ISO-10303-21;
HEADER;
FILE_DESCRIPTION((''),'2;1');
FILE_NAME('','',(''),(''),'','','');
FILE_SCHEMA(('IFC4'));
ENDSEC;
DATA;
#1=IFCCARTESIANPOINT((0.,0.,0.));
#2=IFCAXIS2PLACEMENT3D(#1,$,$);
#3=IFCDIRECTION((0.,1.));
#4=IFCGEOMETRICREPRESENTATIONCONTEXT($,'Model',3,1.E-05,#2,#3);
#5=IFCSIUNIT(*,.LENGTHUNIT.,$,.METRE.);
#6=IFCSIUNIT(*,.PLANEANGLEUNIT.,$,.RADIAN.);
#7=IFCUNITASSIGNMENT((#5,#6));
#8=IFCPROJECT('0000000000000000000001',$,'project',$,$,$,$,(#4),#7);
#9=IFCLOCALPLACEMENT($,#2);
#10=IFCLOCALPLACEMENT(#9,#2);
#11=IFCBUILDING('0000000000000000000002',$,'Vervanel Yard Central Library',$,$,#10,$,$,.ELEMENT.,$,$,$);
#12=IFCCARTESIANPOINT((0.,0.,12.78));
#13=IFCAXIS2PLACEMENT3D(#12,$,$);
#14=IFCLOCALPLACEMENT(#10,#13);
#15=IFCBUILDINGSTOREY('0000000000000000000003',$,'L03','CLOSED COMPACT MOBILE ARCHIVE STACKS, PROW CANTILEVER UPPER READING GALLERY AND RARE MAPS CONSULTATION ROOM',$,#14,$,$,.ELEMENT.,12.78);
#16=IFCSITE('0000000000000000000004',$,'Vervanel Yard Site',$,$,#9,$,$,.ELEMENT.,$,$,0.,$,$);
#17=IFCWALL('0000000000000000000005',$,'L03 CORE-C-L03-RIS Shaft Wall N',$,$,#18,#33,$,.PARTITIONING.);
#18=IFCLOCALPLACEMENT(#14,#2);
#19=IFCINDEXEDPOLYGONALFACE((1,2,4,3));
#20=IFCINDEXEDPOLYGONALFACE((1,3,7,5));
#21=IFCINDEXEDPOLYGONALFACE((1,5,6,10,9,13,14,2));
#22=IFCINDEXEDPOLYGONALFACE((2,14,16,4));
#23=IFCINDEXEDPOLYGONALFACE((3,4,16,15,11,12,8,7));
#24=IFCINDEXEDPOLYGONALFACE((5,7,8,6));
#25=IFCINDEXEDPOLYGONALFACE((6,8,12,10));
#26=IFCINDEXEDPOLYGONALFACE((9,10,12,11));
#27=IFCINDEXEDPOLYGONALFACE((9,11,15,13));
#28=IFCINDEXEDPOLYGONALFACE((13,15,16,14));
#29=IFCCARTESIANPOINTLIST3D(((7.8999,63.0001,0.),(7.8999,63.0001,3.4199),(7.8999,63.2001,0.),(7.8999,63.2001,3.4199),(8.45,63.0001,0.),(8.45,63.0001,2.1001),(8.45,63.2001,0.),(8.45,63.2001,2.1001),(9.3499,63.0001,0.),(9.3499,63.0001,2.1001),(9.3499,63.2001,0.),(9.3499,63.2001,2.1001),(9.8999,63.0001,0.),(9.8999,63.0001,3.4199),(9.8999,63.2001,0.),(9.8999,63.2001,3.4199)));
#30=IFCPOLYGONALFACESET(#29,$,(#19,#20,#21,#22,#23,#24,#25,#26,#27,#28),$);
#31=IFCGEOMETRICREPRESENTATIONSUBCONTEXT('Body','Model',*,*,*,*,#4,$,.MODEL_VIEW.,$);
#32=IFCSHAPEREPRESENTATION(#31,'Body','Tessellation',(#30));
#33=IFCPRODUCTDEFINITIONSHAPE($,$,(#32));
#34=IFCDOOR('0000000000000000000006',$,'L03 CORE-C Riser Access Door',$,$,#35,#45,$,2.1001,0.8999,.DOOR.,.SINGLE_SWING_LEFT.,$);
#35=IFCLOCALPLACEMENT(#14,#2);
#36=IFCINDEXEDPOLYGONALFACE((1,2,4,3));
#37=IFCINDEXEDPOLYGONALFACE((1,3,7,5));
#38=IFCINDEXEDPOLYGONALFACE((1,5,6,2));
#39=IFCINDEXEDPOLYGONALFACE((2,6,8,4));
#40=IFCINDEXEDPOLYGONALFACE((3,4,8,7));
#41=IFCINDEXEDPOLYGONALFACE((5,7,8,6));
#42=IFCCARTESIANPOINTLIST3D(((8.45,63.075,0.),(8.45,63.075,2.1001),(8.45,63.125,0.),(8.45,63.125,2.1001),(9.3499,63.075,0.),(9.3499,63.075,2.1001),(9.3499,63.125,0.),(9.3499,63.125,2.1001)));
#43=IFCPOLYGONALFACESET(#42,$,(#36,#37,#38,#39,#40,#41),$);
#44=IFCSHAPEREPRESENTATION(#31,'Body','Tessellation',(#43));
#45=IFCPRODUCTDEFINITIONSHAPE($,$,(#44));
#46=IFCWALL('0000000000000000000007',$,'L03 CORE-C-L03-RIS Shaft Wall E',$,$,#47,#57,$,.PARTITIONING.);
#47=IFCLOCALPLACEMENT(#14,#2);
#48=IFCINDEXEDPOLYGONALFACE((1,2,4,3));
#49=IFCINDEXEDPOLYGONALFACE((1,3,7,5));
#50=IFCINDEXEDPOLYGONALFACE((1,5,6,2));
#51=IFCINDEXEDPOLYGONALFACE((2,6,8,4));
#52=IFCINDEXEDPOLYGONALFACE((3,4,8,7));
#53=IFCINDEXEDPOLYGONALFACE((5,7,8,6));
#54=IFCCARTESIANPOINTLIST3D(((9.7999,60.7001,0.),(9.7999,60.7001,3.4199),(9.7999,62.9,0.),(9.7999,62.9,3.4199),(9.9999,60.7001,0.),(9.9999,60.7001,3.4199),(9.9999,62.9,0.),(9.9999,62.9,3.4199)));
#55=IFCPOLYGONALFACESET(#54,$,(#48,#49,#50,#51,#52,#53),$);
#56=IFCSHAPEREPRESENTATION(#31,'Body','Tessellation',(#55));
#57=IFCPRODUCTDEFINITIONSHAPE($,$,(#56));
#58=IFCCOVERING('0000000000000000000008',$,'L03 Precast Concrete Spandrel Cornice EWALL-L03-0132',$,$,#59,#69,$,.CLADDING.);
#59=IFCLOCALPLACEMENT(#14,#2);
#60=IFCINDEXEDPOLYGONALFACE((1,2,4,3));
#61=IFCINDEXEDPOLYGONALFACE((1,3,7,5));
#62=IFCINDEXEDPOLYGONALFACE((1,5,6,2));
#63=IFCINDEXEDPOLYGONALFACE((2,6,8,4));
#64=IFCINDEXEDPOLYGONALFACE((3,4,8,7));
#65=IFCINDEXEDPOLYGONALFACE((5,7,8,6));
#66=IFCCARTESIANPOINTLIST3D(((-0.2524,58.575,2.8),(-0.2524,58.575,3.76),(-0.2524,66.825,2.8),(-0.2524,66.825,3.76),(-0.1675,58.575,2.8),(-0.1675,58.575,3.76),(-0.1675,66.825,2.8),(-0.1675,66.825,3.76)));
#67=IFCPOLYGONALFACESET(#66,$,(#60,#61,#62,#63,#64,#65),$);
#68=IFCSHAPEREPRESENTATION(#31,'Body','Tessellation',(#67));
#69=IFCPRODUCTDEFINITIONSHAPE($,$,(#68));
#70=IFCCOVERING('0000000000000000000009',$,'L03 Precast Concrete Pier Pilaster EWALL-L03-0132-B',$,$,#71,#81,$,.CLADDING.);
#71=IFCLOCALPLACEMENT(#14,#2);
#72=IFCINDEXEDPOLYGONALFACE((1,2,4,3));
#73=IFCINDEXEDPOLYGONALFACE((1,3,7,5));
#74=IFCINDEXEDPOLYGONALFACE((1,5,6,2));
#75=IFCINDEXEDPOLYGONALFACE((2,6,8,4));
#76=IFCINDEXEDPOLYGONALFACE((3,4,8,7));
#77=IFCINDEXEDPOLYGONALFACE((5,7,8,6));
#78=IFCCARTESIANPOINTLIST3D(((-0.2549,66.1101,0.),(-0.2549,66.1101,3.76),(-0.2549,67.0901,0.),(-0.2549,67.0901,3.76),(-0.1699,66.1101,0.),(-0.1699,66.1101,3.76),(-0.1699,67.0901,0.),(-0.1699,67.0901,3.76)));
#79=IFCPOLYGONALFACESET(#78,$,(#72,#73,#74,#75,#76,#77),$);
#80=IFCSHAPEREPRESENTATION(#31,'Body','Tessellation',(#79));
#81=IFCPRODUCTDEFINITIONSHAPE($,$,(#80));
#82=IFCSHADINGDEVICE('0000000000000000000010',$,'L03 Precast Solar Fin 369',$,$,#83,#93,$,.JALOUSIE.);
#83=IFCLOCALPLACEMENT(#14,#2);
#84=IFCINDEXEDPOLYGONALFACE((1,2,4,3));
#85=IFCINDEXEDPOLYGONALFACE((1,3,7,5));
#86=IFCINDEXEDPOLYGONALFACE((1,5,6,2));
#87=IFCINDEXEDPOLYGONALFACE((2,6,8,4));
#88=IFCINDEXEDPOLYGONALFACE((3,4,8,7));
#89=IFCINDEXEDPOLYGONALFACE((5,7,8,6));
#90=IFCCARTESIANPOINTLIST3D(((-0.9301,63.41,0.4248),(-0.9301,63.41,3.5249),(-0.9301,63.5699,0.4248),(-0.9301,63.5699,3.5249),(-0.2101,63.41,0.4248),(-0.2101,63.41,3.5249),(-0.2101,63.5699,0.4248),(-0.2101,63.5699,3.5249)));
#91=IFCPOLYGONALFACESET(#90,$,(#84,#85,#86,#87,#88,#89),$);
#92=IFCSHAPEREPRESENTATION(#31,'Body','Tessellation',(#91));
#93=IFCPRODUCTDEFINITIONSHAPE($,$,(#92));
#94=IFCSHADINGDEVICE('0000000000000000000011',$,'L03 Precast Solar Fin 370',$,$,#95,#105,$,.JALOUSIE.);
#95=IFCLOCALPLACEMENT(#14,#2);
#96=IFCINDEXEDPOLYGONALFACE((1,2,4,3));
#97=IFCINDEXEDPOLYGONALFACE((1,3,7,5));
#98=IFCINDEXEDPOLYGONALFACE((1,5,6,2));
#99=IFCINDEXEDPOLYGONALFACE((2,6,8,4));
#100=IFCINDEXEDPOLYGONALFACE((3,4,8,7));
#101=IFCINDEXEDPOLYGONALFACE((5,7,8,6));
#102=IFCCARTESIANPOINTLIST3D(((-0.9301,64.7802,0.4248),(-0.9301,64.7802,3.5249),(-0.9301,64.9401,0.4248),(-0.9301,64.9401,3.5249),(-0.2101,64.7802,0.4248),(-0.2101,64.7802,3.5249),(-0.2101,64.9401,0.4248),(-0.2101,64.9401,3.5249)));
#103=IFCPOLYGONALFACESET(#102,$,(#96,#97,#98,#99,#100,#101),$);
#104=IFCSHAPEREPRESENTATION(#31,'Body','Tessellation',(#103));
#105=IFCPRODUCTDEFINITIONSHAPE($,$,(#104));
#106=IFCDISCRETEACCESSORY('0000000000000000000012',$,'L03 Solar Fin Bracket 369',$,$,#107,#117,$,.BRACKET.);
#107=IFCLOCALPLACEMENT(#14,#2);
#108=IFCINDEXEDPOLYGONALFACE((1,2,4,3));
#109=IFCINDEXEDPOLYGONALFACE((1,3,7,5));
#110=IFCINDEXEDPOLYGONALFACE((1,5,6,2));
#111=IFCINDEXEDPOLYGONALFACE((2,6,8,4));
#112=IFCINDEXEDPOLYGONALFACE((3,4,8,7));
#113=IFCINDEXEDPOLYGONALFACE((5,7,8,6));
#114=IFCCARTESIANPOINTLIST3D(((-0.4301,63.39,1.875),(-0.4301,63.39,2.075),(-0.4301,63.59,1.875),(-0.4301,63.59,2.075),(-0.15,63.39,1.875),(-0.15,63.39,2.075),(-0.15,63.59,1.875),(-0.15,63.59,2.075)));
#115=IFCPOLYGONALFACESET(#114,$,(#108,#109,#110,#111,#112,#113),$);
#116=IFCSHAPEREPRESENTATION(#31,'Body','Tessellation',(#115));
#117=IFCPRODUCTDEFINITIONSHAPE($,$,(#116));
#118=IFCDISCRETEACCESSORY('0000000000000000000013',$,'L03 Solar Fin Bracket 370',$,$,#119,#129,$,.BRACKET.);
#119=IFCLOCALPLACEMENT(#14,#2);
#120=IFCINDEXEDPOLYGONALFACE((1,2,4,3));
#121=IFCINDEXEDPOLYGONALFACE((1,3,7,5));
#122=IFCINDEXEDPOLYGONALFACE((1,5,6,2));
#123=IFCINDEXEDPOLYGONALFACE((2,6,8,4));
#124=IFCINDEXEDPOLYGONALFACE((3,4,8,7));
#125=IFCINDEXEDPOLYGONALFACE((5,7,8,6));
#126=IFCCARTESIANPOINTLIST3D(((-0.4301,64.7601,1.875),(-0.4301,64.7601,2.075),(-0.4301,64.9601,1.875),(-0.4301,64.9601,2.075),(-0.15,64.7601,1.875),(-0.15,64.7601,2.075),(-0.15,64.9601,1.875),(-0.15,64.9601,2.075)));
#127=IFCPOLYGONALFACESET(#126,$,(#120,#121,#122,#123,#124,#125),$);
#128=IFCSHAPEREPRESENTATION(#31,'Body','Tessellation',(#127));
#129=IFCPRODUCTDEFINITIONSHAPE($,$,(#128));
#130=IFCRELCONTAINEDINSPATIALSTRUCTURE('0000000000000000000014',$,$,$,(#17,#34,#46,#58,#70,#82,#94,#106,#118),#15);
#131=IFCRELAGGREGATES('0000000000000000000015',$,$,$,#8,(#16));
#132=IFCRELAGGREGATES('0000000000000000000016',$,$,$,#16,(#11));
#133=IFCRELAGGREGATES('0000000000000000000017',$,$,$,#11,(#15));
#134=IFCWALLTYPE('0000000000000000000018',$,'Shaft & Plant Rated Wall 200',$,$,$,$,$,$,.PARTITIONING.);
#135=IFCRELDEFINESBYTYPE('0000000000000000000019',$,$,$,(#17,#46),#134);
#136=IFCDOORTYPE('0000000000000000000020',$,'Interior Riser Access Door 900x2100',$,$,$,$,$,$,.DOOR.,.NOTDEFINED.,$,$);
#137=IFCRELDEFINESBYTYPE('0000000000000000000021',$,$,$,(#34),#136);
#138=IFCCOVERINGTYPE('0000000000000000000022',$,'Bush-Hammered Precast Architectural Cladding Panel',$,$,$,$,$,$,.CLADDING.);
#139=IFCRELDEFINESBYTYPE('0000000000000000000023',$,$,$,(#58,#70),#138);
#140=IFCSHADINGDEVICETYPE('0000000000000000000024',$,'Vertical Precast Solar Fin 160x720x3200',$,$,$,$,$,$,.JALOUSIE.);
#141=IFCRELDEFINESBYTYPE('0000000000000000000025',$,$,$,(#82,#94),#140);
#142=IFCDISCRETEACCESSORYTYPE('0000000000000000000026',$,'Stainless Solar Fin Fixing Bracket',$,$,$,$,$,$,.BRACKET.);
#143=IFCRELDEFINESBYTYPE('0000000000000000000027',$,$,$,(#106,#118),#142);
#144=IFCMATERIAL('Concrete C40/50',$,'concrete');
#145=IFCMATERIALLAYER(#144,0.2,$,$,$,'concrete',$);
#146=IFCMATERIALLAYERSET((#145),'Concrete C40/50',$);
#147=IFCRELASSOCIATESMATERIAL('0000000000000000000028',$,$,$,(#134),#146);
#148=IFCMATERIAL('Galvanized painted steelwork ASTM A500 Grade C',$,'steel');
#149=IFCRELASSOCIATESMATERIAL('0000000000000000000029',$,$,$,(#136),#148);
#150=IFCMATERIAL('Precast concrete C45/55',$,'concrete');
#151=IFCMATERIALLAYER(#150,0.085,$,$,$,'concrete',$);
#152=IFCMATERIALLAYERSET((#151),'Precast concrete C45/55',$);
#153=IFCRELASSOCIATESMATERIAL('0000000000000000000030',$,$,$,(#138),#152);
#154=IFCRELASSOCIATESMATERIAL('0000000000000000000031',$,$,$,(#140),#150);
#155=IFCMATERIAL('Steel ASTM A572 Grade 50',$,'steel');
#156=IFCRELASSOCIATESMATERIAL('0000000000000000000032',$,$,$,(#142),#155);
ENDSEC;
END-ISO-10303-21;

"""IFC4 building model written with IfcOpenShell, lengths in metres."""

from ifc_helpers import new_model, si_unit, direction, frame, frame_2d, origin, origin_2d, place, context, subcontext, project, spatial, rectangle, extrude, material, layer, layer_set, type_object, element, fill, save


model = new_model("IFC4")

# Units and contexts
model_context = context("Model", 3, precision=1e-05, world=origin(), true_north=direction((0.0, 1.0)))
body_context = subcontext(model_context, "Body", "Model", "MODEL_VIEW")
ifc_project = project(units=[si_unit("LENGTHUNIT", "METRE"), si_unit("PLANEANGLEUNIT", "RADIAN")], contexts=[model_context])

# Site, building, storey
site_placement = place(None, origin())
site = spatial("IfcSite", under=ifc_project, at=site_placement, Name="Vervanel Yard Site", CompositionType="ELEMENT", RefElevation=0.0)
building_placement = place(site_placement, origin())
building = spatial("IfcBuilding", under=site, at=building_placement, Name="Vervanel Yard Central Library", CompositionType="ELEMENT")
storey_placement = place(building_placement, frame((0.0, 0.0, 12.78)))
storey = spatial("IfcBuildingStorey", under=building, at=storey_placement, Name="L03", Description="CLOSED COMPACT MOBILE ARCHIVE STACKS, PROW CANTILEVER UPPER READING GALLERY AND RARE MAPS CONSULTATION ROOM", CompositionType="ELEMENT", Elevation=12.78)

# Wall, opening, door
ifc_material_1 = material(Name="Concrete C40/50", Category="concrete")
ifc_layer_1 = layer(ifc_material_1, 0.2, Category="concrete")
ifc_layer_set_1 = layer_set([ifc_layer_1], Name="Concrete C40/50")
wall_type_1 = type_object("IfcWallType", Name="Shaft & Plant Rated Wall 200", PredefinedType="PARTITIONING", material=ifc_layer_set_1)
wall_1_placement = place(storey_placement, frame((7.8999, 63.1001, 0.0), z_axis=(0.0, 0.0, 1.0), x_axis=(1.0, 0.0, 0.0)))
wall_1 = element("IfcWall", 1, at=wall_1_placement, inside=storey, type_object=wall_type_1, Name="L03 CORE-C-L03-RIS Shaft Wall N", PredefinedType="PARTITIONING", context=body_context, shape_type="SweptSolid", body=[
    extrude(rectangle(XDim=2.0, YDim=0.2, at=frame_2d((1.0, 0.0))), origin(), (0.0, 0.0, 1.0), 3.4199),
])
opening_1_placement = place(wall_1_placement, frame((0.55, 0.0, 0.0)))
opening_1 = element("IfcOpeningElement", 2, at=opening_1_placement, cuts=wall_1, PredefinedType="OPENING", context=body_context, shape_type="SweptSolid", body=[
    extrude(rectangle(XDim=0.8999, YDim=2.1001, at=frame_2d((0.45, 1.05))), frame((0.0, 0.1099, 0.0), z_axis=(0.0, -1.0, 0.0), x_axis=(1.0, 0.0, 0.0)), (0.0, 0.0, 1.0), 0.22),
])
ifc_material_2 = material(Name="Galvanized painted steelwork ASTM A500 Grade C", Category="steel")
door_type_1 = type_object("IfcDoorType", Name="Interior Riser Access Door 900x2100", OperationType="NOTDEFINED", PredefinedType="DOOR", material=ifc_material_2)
door_1_placement = place(opening_1_placement, origin())
door_1 = element("IfcDoor", 3, at=door_1_placement, inside=storey, type_object=door_type_1, Name="L03 CORE-C Riser Access Door", OperationType="SINGLE_SWING_LEFT", OverallHeight=2.1001, OverallWidth=0.8999, PredefinedType="DOOR", context=body_context, shape_type="SweptSolid", body=[
    extrude(rectangle(XDim=0.8999, YDim=2.1001, at=frame_2d((0.45, 1.05))), frame((0.0, 0.0249, 0.0), z_axis=(0.0, -1.0, 0.0), x_axis=(1.0, 0.0, 0.0)), (0.0, 0.0, 1.0), 0.05),
])
fill(opening_1, door_1)

# Wall
wall_2_placement = place(storey_placement, frame((9.8999, 60.7, 0.0), z_axis=(0.0, 0.0, 1.0), x_axis=(0.0, 1.0, 0.0)))
element("IfcWall", 4, at=wall_2_placement, inside=storey, type_object=wall_type_1, Name="L03 CORE-C-L03-RIS Shaft Wall E", PredefinedType="PARTITIONING", context=body_context, shape_type="SweptSolid", body=[
    extrude(rectangle(XDim=2.2, YDim=0.2, at=frame_2d((1.1001, 0.0))), origin(), (0.0, 0.0, 1.0), 3.4199),
])

# Coverings
ifc_material_3 = material(Name="Precast concrete C45/55", Category="concrete")
ifc_layer_2 = layer(ifc_material_3, 0.085, Category="concrete")
ifc_layer_set_2 = layer_set([ifc_layer_2], Name="Precast concrete C45/55")
covering_type = type_object("IfcCoveringType", Name="Bush-Hammered Precast Architectural Cladding Panel", PredefinedType="CLADDING", material=ifc_layer_set_2)
covering_1_placement = place(storey_placement, frame((-0.21, 62.7, 2.8), z_axis=(0.0, 0.0, 1.0), x_axis=(0.0, 1.0, 0.0)))
element("IfcCovering", 5, at=covering_1_placement, inside=storey, type_object=covering_type, Name="L03 Precast Concrete Spandrel Cornice EWALL-L03-0132", PredefinedType="CLADDING", context=body_context, shape_type="SweptSolid", body=[
    extrude(rectangle(XDim=8.25, YDim=0.085, at=origin_2d()), origin(), (0.0, 0.0, 1.0), 0.96),
])
covering_2_placement = place(storey_placement, frame((-0.2124, 66.6001, 0.0), z_axis=(0.0, 0.0, 1.0), x_axis=(0.0, 1.0, 0.0)))
element("IfcCovering", 6, at=covering_2_placement, inside=storey, type_object=covering_type, Name="L03 Precast Concrete Pier Pilaster EWALL-L03-0132-B", PredefinedType="CLADDING", context=body_context, shape_type="SweptSolid", body=[
    extrude(rectangle(XDim=0.98, YDim=0.085, at=origin_2d()), origin(), (0.0, 0.0, 1.0), 3.76),
])

# Shading devices
shading_device_type = type_object("IfcShadingDeviceType", Name="Vertical Precast Solar Fin 160x720x3200", PredefinedType="JALOUSIE", material=ifc_material_3)
for number, where, z_axis, x_axis, name in (
    (7, (-0.5701, 63.49, 0.4248), (0.0, 0.0, 1.0), (0.0, 1.0, 0.0), "L03 Precast Solar Fin 369"),
    (8, (-0.5701, 64.8601, 0.4248), (0.0, 0.0, 1.0), (0.0, 1.0, 0.0), "L03 Precast Solar Fin 370"),
):
    element("IfcShadingDevice", number, at=place(storey_placement, frame(where, z_axis=z_axis, x_axis=x_axis)), inside=storey, type_object=shading_device_type, Name=name, PredefinedType="JALOUSIE", context=body_context, shape_type="SweptSolid", body=[
        extrude(rectangle(XDim=0.1599, YDim=0.72, at=origin_2d()), origin(), (0.0, 0.0, 1.0), 3.1001),
    ])

# Discrete accessories
ifc_material_4 = material(Name="Steel ASTM A572 Grade 50", Category="steel")
discrete_accessory_type = type_object("IfcDiscreteAccessoryType", Name="Stainless Solar Fin Fixing Bracket", PredefinedType="BRACKET", material=ifc_material_4)
for number, where, z_axis, x_axis, name in (
    (9, (-0.29, 63.49, 1.875), (0.0, 0.0, 1.0), (0.0, 1.0, 0.0), "L03 Solar Fin Bracket 369"),
    (10, (-0.29, 64.8601, 1.875), (0.0, 0.0, 1.0), (0.0, 1.0, 0.0), "L03 Solar Fin Bracket 370"),
):
    element("IfcDiscreteAccessory", number, at=place(storey_placement, frame(where, z_axis=z_axis, x_axis=x_axis)), inside=storey, type_object=discrete_accessory_type, Name=name, PredefinedType="BRACKET", context=body_context, shape_type="SweptSolid", body=[
        extrude(rectangle(XDim=0.2, YDim=0.28, at=origin_2d()), origin(), (0.0, 0.0, 1.0), 0.2),
    ])

save(model, "model.ifc")
